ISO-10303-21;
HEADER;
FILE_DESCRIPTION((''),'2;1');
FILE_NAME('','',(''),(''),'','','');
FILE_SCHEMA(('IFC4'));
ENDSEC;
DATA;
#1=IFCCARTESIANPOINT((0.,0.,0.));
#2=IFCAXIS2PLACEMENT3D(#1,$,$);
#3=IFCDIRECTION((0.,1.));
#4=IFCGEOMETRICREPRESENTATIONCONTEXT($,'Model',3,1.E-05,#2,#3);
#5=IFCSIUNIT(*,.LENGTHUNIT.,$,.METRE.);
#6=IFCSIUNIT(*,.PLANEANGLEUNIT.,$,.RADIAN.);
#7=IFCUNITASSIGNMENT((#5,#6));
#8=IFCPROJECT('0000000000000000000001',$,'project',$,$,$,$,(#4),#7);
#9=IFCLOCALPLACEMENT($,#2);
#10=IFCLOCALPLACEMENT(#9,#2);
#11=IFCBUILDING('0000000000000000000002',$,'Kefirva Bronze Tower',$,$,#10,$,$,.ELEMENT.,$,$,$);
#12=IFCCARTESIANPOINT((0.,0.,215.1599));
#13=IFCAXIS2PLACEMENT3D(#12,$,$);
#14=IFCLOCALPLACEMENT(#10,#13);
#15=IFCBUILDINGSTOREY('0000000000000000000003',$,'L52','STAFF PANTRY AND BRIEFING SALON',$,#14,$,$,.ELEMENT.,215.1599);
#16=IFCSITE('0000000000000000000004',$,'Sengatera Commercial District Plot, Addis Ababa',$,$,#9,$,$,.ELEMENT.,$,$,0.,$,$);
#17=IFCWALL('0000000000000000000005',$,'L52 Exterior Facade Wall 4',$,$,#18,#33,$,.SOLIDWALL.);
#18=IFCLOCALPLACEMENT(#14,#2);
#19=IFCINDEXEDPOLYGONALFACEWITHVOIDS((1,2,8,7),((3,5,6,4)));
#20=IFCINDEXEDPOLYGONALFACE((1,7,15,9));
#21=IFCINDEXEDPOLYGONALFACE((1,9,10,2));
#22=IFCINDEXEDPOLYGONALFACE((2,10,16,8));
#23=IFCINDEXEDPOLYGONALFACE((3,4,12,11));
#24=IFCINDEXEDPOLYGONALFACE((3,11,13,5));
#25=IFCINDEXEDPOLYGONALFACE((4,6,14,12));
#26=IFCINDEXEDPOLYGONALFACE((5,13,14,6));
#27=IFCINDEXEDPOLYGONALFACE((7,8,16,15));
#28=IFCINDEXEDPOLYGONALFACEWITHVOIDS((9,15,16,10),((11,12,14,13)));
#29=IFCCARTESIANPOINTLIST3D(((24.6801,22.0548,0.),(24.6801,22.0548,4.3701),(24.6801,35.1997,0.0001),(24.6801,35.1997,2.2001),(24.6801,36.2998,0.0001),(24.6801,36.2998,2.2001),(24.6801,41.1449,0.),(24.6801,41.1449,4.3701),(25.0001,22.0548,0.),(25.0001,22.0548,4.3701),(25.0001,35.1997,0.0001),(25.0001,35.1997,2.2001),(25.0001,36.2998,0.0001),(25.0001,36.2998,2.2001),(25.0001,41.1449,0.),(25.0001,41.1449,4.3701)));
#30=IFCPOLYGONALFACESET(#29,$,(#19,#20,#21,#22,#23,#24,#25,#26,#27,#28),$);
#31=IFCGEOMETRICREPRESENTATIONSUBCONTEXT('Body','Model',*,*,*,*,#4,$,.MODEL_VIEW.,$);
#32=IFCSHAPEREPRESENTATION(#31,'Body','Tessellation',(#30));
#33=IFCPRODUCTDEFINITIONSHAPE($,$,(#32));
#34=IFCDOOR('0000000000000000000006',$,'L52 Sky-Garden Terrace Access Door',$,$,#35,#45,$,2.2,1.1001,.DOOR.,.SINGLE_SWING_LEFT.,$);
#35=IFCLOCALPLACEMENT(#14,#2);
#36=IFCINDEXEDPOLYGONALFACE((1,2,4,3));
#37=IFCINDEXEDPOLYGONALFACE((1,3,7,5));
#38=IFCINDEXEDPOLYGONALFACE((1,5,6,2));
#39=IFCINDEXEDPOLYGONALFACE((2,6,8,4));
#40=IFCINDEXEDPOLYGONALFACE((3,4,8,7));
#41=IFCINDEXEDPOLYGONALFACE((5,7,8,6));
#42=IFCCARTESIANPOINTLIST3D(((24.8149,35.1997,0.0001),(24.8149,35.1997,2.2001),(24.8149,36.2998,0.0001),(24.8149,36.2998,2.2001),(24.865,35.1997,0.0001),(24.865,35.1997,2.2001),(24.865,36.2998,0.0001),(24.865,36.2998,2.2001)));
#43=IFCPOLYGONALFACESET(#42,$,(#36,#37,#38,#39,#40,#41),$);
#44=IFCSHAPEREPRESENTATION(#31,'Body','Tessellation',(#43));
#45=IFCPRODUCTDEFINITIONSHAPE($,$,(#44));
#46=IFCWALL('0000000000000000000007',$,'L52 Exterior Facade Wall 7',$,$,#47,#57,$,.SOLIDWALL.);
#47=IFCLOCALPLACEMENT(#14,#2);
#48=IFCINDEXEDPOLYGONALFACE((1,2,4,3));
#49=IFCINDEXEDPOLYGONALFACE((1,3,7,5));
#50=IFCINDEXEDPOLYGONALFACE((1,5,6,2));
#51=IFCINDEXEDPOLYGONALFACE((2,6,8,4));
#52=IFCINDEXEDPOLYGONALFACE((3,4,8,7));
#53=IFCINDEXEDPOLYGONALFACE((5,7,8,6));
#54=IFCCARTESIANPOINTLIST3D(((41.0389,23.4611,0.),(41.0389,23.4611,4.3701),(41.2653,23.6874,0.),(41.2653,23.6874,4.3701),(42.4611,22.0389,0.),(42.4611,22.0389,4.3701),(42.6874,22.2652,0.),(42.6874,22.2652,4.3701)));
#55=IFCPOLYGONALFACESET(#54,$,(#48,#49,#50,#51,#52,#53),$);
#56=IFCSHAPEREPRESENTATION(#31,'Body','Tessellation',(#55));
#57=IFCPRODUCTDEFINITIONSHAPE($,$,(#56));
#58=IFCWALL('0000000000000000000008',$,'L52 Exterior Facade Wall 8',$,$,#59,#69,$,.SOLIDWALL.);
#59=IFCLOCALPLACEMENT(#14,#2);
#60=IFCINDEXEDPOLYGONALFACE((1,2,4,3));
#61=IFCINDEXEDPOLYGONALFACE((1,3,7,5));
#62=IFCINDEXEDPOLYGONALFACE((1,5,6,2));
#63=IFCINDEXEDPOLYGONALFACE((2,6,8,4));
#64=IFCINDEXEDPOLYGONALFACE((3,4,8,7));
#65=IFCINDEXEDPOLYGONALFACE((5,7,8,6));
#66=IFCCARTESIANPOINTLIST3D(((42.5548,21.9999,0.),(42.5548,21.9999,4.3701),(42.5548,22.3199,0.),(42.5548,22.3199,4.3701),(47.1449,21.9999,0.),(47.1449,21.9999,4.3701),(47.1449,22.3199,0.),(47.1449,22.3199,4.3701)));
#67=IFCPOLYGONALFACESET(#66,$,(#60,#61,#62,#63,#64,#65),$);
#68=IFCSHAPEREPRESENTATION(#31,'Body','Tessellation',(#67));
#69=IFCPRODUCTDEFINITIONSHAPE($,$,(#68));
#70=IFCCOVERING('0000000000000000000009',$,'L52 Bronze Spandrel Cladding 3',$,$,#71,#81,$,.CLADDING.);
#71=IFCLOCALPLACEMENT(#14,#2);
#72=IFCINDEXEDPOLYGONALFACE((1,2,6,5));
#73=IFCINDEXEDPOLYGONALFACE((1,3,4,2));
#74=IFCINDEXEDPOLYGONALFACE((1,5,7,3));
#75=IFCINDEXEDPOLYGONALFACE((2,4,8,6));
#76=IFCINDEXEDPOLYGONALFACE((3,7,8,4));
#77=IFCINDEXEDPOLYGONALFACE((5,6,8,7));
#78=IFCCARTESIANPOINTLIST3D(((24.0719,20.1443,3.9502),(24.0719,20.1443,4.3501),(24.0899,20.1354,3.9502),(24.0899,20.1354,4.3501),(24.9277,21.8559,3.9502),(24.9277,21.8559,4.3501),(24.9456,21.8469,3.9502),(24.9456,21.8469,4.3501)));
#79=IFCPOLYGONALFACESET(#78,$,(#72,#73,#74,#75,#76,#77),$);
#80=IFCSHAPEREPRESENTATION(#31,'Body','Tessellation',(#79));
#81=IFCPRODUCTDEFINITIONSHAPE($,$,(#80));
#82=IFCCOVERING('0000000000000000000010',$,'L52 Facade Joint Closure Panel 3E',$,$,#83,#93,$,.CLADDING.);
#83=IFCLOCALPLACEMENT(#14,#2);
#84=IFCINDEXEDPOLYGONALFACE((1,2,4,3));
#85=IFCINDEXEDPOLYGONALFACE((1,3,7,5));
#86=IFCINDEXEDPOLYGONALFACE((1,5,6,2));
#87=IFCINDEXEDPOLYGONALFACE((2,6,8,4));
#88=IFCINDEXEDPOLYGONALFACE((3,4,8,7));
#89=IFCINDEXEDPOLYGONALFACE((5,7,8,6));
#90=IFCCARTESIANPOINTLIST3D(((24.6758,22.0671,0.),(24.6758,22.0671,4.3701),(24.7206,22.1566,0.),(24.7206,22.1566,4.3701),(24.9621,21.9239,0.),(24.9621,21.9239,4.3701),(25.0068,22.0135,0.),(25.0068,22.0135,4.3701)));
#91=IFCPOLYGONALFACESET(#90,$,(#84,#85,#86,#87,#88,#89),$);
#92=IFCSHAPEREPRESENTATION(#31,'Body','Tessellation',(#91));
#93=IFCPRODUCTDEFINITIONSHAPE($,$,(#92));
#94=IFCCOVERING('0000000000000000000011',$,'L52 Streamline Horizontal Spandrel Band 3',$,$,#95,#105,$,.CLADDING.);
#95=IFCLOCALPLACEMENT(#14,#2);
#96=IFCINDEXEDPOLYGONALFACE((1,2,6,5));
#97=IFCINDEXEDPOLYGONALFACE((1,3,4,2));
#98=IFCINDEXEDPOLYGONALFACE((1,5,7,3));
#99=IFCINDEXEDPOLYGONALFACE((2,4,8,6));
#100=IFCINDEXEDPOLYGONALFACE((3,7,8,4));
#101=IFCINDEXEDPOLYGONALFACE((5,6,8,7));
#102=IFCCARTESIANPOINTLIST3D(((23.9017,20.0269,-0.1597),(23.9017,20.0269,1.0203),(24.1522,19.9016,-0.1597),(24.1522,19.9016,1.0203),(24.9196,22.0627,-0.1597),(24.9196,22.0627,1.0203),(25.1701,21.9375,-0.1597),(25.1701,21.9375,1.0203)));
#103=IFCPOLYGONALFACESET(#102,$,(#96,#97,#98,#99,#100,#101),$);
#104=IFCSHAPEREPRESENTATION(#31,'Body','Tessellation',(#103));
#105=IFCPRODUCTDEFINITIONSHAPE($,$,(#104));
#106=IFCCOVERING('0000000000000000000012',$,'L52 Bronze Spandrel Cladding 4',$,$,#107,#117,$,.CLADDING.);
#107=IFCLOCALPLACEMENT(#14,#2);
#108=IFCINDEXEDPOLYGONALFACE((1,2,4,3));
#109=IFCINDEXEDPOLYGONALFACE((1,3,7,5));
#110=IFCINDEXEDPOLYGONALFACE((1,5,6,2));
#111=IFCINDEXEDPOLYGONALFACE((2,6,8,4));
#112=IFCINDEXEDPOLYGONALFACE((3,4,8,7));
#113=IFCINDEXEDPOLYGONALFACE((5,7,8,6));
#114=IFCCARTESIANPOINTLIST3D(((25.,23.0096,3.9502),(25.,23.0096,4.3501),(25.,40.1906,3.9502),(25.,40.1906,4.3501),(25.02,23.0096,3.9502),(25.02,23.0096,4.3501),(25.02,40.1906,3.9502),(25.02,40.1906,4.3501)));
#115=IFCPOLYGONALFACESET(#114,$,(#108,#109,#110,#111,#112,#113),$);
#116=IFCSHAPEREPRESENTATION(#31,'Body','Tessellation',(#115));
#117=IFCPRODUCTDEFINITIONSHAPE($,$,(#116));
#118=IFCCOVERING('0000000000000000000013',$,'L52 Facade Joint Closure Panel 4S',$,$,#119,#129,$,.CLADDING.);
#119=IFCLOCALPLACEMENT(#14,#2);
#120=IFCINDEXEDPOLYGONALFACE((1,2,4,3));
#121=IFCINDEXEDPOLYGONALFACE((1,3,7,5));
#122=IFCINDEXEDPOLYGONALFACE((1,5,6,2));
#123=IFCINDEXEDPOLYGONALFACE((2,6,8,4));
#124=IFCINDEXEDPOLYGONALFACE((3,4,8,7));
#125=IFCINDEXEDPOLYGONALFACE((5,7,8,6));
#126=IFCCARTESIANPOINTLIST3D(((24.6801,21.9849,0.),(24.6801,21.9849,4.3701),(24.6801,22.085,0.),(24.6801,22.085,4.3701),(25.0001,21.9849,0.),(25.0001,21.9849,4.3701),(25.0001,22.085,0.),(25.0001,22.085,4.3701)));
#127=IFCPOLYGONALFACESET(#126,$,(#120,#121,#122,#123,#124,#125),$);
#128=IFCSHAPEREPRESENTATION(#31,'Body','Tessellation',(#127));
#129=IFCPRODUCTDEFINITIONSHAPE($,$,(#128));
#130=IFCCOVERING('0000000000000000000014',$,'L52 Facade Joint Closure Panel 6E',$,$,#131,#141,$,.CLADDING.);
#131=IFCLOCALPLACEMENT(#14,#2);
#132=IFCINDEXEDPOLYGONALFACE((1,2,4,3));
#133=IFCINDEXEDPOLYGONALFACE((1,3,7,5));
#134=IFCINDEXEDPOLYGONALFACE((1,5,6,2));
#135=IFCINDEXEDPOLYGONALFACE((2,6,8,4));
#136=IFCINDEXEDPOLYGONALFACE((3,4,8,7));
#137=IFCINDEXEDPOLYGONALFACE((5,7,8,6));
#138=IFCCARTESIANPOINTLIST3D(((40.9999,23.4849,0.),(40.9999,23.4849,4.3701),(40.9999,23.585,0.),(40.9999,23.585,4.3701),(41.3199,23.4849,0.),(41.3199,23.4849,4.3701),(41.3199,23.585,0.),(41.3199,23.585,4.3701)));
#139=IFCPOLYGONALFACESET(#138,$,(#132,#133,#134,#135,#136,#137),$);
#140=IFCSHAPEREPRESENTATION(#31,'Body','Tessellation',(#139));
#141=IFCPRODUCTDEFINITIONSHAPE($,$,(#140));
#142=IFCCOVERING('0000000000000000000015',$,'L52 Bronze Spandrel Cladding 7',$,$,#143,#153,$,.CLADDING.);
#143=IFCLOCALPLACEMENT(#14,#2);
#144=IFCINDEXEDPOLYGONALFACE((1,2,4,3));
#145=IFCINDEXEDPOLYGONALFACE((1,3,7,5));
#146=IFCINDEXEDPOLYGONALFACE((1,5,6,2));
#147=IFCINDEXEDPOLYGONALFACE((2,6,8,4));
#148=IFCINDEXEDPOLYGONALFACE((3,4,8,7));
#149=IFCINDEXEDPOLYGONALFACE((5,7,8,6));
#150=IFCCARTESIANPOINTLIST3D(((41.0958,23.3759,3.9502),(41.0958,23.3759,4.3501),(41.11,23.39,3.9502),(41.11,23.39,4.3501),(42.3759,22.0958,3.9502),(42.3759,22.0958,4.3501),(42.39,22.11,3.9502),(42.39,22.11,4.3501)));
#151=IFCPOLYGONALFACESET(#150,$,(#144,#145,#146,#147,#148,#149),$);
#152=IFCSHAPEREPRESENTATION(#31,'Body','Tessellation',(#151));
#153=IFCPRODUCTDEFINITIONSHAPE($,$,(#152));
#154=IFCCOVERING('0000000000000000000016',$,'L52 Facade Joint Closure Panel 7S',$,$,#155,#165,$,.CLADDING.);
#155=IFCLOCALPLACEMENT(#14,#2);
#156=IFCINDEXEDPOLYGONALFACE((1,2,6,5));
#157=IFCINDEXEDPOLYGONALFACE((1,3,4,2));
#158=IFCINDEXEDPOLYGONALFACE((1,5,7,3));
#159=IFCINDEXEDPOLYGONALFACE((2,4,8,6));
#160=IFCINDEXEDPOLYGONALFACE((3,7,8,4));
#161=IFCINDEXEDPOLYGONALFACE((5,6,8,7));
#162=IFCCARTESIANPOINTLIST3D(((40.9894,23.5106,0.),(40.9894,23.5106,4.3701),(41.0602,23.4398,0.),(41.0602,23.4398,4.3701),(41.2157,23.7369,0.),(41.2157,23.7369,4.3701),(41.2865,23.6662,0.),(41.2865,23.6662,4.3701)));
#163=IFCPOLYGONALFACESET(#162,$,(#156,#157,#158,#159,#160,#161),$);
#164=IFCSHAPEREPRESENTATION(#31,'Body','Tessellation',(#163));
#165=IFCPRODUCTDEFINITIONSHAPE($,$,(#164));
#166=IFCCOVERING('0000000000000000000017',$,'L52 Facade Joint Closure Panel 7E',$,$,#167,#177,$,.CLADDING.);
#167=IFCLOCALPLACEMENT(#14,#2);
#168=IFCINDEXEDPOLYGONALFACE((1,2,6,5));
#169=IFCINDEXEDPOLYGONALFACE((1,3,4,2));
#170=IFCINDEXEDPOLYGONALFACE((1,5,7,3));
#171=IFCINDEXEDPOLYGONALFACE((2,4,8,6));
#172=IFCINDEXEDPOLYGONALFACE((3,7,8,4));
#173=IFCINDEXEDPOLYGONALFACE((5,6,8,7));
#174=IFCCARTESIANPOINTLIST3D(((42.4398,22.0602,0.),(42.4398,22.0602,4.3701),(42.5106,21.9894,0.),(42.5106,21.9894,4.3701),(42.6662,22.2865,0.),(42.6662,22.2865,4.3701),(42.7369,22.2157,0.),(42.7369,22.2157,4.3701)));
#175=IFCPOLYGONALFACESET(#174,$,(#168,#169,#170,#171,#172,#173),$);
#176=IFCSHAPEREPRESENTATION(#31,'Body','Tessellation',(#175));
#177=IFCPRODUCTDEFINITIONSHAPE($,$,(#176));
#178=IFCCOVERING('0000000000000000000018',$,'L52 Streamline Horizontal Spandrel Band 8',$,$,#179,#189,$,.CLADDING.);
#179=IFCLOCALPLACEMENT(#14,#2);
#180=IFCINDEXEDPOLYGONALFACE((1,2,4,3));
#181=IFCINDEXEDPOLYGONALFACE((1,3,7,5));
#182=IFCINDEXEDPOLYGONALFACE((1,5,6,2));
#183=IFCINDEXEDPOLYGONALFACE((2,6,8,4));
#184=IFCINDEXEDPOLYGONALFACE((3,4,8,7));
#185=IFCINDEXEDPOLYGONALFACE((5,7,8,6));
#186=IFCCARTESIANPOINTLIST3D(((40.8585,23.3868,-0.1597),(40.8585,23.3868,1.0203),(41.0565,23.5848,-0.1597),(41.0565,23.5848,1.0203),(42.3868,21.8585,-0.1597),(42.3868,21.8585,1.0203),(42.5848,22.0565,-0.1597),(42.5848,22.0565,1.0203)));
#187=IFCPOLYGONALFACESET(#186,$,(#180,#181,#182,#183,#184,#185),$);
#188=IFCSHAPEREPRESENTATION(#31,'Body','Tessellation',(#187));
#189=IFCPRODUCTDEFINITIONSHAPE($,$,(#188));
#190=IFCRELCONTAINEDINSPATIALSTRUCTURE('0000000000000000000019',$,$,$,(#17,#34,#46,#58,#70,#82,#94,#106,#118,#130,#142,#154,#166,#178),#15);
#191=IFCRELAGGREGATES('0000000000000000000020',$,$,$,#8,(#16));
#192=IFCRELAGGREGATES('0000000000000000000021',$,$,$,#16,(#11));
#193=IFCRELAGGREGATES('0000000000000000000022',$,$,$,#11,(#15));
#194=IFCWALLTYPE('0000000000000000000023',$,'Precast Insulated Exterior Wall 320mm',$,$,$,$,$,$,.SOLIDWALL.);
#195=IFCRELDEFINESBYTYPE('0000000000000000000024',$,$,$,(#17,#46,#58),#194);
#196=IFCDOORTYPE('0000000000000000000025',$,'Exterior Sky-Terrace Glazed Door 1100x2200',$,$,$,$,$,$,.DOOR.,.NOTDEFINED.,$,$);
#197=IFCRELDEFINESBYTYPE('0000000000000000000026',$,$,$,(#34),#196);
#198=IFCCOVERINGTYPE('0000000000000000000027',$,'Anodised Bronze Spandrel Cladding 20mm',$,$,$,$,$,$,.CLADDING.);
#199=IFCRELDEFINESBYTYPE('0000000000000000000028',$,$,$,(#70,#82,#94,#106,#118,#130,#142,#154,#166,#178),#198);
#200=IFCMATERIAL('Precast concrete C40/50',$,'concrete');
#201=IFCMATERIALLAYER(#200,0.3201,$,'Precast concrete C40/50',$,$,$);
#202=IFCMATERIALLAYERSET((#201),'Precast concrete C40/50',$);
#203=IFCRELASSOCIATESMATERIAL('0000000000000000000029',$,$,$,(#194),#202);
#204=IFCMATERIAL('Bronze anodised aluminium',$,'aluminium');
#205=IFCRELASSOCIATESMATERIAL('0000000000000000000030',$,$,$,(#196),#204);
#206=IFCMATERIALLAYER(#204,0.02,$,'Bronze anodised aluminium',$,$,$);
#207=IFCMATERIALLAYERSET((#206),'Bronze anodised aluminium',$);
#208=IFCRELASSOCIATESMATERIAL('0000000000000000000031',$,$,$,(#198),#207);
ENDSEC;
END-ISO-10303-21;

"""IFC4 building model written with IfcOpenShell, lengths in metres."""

from ifc_helpers import new_model, si_unit, direction, frame, frame_2d, origin, origin_2d, place, context, subcontext, project, spatial, rectangle, extrude, material, layer, layer_set, type_object, element, fill, save


model = new_model("IFC4")

# Units and contexts
model_context = context("Model", 3, precision=1e-05, world=origin(), true_north=direction((0.0, 1.0)))
body_context = subcontext(model_context, "Body", "Model", "MODEL_VIEW")
ifc_project = project(units=[si_unit("LENGTHUNIT", "METRE"), si_unit("PLANEANGLEUNIT", "RADIAN")], contexts=[model_context])

# Site, building, storey
site_placement = place(None, origin())
site = spatial("IfcSite", under=ifc_project, at=site_placement, Name="Sengatera Commercial District Plot, Addis Ababa", CompositionType="ELEMENT", RefElevation=0.0)
building_placement = place(site_placement, origin())
building = spatial("IfcBuilding", under=site, at=building_placement, Name="Kefirva Bronze Tower", CompositionType="ELEMENT")
storey_placement = place(building_placement, frame((0.0, 0.0, 215.1599)))
storey = spatial("IfcBuildingStorey", under=building, at=storey_placement, Name="L52", Description="STAFF PANTRY AND BRIEFING SALON", CompositionType="ELEMENT", Elevation=215.1599)

# Wall, opening, door
ifc_material_1 = material(Name="Precast concrete C40/50", Category="concrete")
ifc_layer_1 = layer(ifc_material_1, 0.3201, Name="Precast concrete C40/50")
ifc_layer_set_1 = layer_set([ifc_layer_1], Name="Precast concrete C40/50")
wall_type = type_object("IfcWallType", Name="Precast Insulated Exterior Wall 320mm", PredefinedType="SOLIDWALL", material=ifc_layer_set_1)
wall_1_placement = place(storey_placement, frame((24.8401, 22.0549, 0.0), z_axis=(0.0, 0.0, 1.0), x_axis=(0.0, 1.0, 0.0)))
wall_1 = element("IfcWall", 1, at=wall_1_placement, inside=storey, type_object=wall_type, Name="L52 Exterior Facade Wall 4", PredefinedType="SOLIDWALL", context=body_context, shape_type="SweptSolid", body=[
    extrude(rectangle(XDim=19.0901, YDim=0.3201, at=frame_2d((9.5449, 0.0))), origin(), (0.0, 0.0, 1.0), 4.3701),
])
opening_placement = place(wall_1_placement, frame((14.2449, 0.0, 0.0), z_axis=(0.0, 0.0, 1.0), x_axis=(-1.0, 0.0, 0.0)))
opening = element("IfcOpeningElement", 2, at=opening_placement, cuts=wall_1, PredefinedType="OPENING", context=body_context, shape_type="SweptSolid", body=[
    extrude(rectangle(XDim=1.1001, YDim=2.2, at=frame_2d((0.55, 1.1001))), frame((0.0, 0.1699, 0.0), z_axis=(0.0, -1.0, 0.0), x_axis=(1.0, 0.0, 0.0)), (0.0, 0.0, 1.0), 0.3401),
])
ifc_material_2 = material(Name="Bronze anodised aluminium", Category="aluminium")
door_type = type_object("IfcDoorType", Name="Exterior Sky-Terrace Glazed Door 1100x2200", OperationType="NOTDEFINED", PredefinedType="DOOR", material=ifc_material_2)
door_placement = place(opening_placement, origin())
door = element("IfcDoor", 3, at=door_placement, inside=storey, type_object=door_type, Name="L52 Sky-Garden Terrace Access Door", OperationType="SINGLE_SWING_LEFT", OverallHeight=2.2, OverallWidth=1.1001, PredefinedType="DOOR", context=body_context, shape_type="SweptSolid", body=[
    extrude(rectangle(XDim=1.1001, YDim=2.2, at=frame_2d((0.55, 1.1001))), frame((0.0, 0.0249, 0.0), z_axis=(0.0, -1.0, 0.0), x_axis=(1.0, 0.0, 0.0)), (0.0, 0.0, 1.0), 0.05),
])
fill(opening, door)

# Walls
wall_2_placement = place(storey_placement, frame((41.1521, 23.5742, 0.0), z_axis=(0.0, 0.0, 1.0), x_axis=(0.707107, -0.707107, 0.0)))
element("IfcWall", 4, at=wall_2_placement, inside=storey, type_object=wall_type, Name="L52 Exterior Facade Wall 7", PredefinedType="SOLIDWALL", context=body_context, shape_type="SweptSolid", body=[
    extrude(rectangle(XDim=2.0112, YDim=0.3201, at=frame_2d((1.0056, 0.0))), origin(), (0.0, 0.0, 1.0), 4.3701),
])
wall_3_placement = place(storey_placement, frame((42.5549, 22.1599, 0.0), z_axis=(0.0, 0.0, 1.0), x_axis=(1.0, 0.0, 0.0)))
element("IfcWall", 5, at=wall_3_placement, inside=storey, type_object=wall_type, Name="L52 Exterior Facade Wall 8", PredefinedType="SOLIDWALL", context=body_context, shape_type="SweptSolid", body=[
    extrude(rectangle(XDim=4.5901, YDim=0.3201, at=frame_2d((2.2949, 0.0))), origin(), (0.0, 0.0, 1.0), 4.3701),
])

# Coverings
ifc_layer_2 = layer(ifc_material_2, 0.02, Name="Bronze anodised aluminium")
ifc_layer_set_2 = layer_set([ifc_layer_2], Name="Bronze anodised aluminium")
covering_type_1 = type_object("IfcCoveringType", Name="Anodised Bronze Spandrel Cladding 20mm", PredefinedType="CLADDING", material=ifc_layer_set_2)
covering_1_placement = place(storey_placement, frame((24.5088, 20.9956, 3.9502), z_axis=(0.0, 0.0, 1.0), x_axis=(0.447214, 0.894427, 0.0)))
element("IfcCovering", 6, at=covering_1_placement, inside=storey, type_object=covering_type_1, Name="L52 Bronze Spandrel Cladding 3", PredefinedType="CLADDING", context=body_context, shape_type="SweptSolid", body=[
    extrude(rectangle(XDim=1.9136, YDim=0.02, at=origin_2d()), origin(), (0.0, 0.0, 1.0), 0.3999),
])
covering_2_placement = place(storey_placement, frame((24.8413, 22.0403, 0.0), z_axis=(0.0, 0.0, 1.0), x_axis=(0.447214, 0.894427, 0.0)))
element("IfcCovering", 7, at=covering_2_placement, inside=storey, type_object=covering_type_1, Name="L52 Facade Joint Closure Panel 3E", PredefinedType="CLADDING", context=body_context, shape_type="SweptSolid", body=[
    extrude(rectangle(XDim=0.1001, YDim=0.3201, at=origin_2d()), origin(), (0.0, 0.0, 1.0), 4.3701),
])
covering_3_placement = place(storey_placement, frame((24.5359, 20.9822, -0.1597), z_axis=(0.0, 0.0, 1.0), x_axis=(0.447214, 0.894427, 0.0)))
element("IfcCovering", 8, at=covering_3_placement, inside=storey, type_object=covering_type_1, Name="L52 Streamline Horizontal Spandrel Band 3", PredefinedType="CLADDING", context=body_context, shape_type="SweptSolid", body=[
    extrude(rectangle(XDim=2.2761, YDim=0.28, at=origin_2d()), origin(), (0.0, 0.0, 1.0), 1.1799),
])
covering_4_placement = place(storey_placement, frame((25.01, 31.6001, 3.9502), z_axis=(0.0, 0.0, 1.0), x_axis=(0.0, 1.0, 0.0)))
element("IfcCovering", 9, at=covering_4_placement, inside=storey, type_object=covering_type_1, Name="L52 Bronze Spandrel Cladding 4", PredefinedType="CLADDING", context=body_context, shape_type="SweptSolid", body=[
    extrude(rectangle(XDim=17.1809, YDim=0.02, at=origin_2d()), origin(), (0.0, 0.0, 1.0), 0.3999),
])
for number, where, z_axis, x_axis, name in (
    (10, (24.8401, 22.0349, 0.0), (0.0, 0.0, 1.0), (0.0, 1.0, 0.0), "L52 Facade Joint Closure Panel 4S"),
    (11, (41.1599, 23.5349, 0.0), (0.0, 0.0, 1.0), (0.0, -1.0, 0.0), "L52 Facade Joint Closure Panel 6E"),
):
    element("IfcCovering", number, at=place(storey_placement, frame(where, z_axis=z_axis, x_axis=x_axis)), inside=storey, type_object=covering_type_1, Name=name, PredefinedType="CLADDING", context=body_context, shape_type="SweptSolid", body=[
        extrude(rectangle(XDim=0.1001, YDim=0.3201, at=origin_2d()), origin(), (0.0, 0.0, 1.0), 4.3701),
    ])
covering_5_placement = place(storey_placement, frame((41.7429, 22.7429, 3.9502), z_axis=(0.0, 0.0, 1.0), x_axis=(0.707107, -0.707107, 0.0)))
element("IfcCovering", 12, at=covering_5_placement, inside=storey, type_object=covering_type_1, Name="L52 Bronze Spandrel Cladding 7", PredefinedType="CLADDING", context=body_context, shape_type="SweptSolid", body=[
    extrude(rectangle(XDim=1.8103, YDim=0.02, at=origin_2d()), origin(), (0.0, 0.0, 1.0), 0.3999),
])
for number, where, z_axis, x_axis, name in (
    (13, (41.1379, 23.5884, 0.0), (0.0, 0.0, 1.0), (0.707107, -0.707107, 0.0), "L52 Facade Joint Closure Panel 7S"),
    (14, (42.5884, 22.1379, 0.0), (0.0, 0.0, 1.0), (0.707107, -0.707107, 0.0), "L52 Facade Joint Closure Panel 7E"),
):
    element("IfcCovering", number, at=place(storey_placement, frame(where, z_axis=z_axis, x_axis=x_axis)), inside=storey, type_object=covering_type_1, Name=name, PredefinedType="CLADDING", context=body_context, shape_type="SweptSolid", body=[
        extrude(rectangle(XDim=0.1001, YDim=0.3201, at=origin_2d()), origin(), (0.0, 0.0, 1.0), 4.3701),
    ])
covering_6_placement = place(storey_placement, frame((41.7217, 22.7217, -0.1597), z_axis=(0.0, 0.0, 1.0), x_axis=(0.707107, -0.707107, 0.0)))
element("IfcCovering", 15, at=covering_6_placement, inside=storey, type_object=covering_type_1, Name="L52 Streamline Horizontal Spandrel Band 8", PredefinedType="CLADDING", context=body_context, shape_type="SweptSolid", body=[
    extrude(rectangle(XDim=2.1614, YDim=0.28, at=origin_2d()), origin(), (0.0, 0.0, 1.0), 1.1799),
])

save(model, "model.ifc")
